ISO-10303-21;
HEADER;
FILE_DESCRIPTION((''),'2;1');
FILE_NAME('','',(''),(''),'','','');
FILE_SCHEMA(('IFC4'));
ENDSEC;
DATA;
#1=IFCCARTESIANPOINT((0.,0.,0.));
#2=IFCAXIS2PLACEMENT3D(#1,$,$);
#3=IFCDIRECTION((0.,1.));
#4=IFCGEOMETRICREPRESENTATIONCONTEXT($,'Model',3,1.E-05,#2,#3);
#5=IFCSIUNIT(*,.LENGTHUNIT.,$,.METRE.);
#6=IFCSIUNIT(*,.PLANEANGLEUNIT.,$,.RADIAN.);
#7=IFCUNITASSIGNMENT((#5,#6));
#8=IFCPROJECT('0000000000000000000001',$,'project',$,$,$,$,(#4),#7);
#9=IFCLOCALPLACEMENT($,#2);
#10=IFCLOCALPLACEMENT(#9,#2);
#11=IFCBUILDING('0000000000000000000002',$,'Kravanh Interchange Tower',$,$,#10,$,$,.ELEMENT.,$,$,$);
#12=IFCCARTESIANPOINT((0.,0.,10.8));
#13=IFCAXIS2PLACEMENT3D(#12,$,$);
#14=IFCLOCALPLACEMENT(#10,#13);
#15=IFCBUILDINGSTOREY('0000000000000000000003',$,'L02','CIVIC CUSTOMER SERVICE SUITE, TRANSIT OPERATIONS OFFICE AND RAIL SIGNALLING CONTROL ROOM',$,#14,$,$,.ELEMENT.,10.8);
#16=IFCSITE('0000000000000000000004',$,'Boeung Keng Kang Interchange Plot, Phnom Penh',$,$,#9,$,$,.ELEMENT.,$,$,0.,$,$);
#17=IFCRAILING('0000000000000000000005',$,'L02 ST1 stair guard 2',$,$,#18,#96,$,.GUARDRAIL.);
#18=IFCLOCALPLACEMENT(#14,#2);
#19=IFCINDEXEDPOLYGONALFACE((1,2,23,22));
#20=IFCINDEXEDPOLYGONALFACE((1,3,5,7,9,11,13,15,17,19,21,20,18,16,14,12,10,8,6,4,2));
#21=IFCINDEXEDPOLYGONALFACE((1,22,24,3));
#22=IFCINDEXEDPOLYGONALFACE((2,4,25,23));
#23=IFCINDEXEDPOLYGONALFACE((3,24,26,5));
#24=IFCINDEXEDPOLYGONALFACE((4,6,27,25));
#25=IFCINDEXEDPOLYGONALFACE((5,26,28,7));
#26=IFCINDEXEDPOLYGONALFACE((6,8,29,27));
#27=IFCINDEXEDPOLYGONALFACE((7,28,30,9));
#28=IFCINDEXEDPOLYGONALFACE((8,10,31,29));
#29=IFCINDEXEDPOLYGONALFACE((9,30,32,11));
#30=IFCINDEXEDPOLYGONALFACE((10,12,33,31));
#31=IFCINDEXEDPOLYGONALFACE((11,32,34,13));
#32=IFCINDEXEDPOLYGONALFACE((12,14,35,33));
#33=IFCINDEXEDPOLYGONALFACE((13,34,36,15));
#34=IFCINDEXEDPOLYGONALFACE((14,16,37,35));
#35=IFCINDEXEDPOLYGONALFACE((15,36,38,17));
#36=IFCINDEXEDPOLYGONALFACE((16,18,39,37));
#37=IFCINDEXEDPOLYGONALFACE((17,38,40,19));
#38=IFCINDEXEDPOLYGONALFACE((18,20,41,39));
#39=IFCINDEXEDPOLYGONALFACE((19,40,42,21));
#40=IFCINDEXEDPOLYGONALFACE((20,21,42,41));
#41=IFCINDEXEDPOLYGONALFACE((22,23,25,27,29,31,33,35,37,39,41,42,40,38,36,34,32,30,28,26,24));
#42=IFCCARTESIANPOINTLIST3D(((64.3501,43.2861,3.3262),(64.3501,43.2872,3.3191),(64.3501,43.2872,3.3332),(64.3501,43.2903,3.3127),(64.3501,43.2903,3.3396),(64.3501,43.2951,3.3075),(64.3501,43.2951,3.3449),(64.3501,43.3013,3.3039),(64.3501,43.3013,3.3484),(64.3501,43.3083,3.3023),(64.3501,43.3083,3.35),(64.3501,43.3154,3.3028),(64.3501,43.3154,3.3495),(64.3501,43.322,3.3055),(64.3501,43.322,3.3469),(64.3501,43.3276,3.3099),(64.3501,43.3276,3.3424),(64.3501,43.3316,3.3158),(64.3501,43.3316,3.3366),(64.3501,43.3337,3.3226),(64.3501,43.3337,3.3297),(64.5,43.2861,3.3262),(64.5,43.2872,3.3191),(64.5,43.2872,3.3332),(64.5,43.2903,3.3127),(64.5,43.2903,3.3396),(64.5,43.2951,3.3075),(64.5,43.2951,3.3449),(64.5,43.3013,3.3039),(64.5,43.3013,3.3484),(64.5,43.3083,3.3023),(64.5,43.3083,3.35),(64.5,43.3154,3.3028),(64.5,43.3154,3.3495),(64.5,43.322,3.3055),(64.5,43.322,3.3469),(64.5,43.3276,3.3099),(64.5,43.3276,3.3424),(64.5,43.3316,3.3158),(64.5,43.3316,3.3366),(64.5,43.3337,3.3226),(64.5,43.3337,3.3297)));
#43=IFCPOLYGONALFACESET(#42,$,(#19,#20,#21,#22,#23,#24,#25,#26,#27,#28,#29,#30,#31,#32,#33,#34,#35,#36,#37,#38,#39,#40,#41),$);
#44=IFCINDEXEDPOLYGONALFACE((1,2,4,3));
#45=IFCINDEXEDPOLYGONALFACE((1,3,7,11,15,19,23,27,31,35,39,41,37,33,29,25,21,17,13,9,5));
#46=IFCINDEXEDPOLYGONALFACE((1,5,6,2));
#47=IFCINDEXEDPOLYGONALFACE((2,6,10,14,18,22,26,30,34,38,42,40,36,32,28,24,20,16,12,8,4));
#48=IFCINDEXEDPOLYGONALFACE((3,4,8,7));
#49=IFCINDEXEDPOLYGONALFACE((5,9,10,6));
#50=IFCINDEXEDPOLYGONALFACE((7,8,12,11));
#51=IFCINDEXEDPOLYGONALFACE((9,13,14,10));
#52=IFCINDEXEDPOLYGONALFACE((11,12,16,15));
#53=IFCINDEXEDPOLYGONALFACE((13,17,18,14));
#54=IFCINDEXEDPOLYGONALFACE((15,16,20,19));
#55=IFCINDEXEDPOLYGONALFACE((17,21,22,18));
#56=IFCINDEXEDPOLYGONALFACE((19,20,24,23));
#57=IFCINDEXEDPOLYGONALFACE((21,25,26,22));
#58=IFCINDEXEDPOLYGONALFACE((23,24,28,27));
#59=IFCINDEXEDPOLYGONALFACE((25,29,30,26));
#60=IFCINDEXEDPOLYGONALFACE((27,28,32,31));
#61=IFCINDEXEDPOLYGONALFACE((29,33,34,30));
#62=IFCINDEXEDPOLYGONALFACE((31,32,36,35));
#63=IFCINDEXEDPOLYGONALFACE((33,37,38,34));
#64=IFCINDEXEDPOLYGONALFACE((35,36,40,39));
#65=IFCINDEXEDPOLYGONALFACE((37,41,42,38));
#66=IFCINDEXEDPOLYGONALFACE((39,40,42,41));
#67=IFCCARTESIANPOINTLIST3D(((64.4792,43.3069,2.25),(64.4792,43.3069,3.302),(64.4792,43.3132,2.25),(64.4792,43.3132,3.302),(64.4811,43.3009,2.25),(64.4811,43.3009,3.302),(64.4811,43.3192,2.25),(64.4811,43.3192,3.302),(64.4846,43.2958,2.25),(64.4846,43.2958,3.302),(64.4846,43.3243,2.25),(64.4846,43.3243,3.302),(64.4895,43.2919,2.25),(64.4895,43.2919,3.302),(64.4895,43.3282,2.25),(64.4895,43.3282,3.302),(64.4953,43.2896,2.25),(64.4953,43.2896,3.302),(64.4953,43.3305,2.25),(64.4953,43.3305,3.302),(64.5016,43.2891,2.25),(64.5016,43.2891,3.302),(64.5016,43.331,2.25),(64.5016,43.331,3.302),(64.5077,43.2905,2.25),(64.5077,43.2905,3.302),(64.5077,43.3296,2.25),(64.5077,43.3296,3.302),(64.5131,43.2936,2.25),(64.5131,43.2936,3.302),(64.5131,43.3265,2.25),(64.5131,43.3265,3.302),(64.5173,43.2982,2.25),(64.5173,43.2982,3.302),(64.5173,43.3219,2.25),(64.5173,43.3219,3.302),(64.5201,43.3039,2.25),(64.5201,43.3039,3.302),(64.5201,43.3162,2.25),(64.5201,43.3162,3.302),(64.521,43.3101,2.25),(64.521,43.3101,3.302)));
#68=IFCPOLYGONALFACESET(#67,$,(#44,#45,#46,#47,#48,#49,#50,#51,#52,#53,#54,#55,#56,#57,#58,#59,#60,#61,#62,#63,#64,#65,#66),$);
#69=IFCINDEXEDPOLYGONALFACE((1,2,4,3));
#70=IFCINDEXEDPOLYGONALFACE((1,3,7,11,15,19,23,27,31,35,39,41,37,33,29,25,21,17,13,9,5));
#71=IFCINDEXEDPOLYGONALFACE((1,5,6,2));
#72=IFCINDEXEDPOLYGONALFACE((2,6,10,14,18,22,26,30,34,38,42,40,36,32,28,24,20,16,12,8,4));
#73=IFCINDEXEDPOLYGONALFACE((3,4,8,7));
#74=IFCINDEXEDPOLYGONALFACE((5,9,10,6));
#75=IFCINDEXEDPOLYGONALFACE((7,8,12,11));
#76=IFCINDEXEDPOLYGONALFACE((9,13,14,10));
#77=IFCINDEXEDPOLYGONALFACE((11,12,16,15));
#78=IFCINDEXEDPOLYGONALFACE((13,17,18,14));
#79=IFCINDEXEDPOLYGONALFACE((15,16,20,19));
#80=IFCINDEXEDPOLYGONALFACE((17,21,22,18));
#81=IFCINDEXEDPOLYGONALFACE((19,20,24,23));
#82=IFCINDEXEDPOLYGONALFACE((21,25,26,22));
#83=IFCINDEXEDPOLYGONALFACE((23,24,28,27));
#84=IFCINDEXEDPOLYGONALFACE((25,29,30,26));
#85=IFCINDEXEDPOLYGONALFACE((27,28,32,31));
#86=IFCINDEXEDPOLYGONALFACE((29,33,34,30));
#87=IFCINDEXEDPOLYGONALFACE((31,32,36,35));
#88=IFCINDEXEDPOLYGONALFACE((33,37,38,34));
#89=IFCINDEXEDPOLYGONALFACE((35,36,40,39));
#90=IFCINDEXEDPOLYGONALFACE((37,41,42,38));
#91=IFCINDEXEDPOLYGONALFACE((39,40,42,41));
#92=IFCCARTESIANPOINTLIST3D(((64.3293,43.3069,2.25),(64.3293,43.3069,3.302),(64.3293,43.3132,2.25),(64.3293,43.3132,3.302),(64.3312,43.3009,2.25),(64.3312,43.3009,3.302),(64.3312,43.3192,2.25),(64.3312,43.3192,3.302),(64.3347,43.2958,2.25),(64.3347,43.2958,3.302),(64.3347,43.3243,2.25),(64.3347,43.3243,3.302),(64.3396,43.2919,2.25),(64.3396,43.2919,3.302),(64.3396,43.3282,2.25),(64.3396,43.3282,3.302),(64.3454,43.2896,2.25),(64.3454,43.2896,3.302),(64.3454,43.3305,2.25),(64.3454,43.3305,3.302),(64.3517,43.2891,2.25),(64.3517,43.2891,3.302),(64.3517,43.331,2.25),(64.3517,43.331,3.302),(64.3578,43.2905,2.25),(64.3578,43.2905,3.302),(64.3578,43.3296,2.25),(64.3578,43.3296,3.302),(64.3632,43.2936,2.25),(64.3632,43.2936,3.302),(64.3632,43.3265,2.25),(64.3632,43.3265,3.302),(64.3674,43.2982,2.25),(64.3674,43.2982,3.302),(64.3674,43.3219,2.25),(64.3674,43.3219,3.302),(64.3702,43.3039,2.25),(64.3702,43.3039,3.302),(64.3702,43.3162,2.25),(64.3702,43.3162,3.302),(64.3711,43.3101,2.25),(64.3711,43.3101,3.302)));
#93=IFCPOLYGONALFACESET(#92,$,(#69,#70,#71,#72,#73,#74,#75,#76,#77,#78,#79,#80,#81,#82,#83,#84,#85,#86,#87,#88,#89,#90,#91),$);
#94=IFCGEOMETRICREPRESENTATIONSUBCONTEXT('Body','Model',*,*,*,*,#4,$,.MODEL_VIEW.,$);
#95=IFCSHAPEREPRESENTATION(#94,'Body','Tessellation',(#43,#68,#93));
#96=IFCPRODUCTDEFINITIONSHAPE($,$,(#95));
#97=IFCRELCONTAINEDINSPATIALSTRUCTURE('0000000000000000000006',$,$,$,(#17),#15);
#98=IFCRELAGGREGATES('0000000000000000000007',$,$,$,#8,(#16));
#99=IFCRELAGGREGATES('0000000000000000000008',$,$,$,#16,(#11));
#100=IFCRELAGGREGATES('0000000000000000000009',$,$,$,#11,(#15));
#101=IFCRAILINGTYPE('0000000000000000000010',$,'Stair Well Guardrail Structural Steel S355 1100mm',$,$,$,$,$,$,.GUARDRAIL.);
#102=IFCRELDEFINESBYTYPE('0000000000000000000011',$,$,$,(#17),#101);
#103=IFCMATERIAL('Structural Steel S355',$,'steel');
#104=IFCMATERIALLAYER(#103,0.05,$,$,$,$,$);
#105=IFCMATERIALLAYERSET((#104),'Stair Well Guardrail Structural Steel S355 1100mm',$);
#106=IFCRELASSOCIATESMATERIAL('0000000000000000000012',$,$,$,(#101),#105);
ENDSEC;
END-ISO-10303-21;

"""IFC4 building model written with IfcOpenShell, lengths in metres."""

from ifc_helpers import new_model, si_unit, direction, frame, origin, origin_2d, place, context, subcontext, project, spatial, circle, extrude, material, layer, layer_set, type_object, element, save


model = new_model("IFC4")

# Units and contexts
model_context = context("Model", 3, precision=1e-05, world=origin(), true_north=direction((0.0, 1.0)))
body_context = subcontext(model_context, "Body", "Model", "MODEL_VIEW")
ifc_project = project(units=[si_unit("LENGTHUNIT", "METRE"), si_unit("PLANEANGLEUNIT", "RADIAN")], contexts=[model_context])

# Site, building, storey
site_placement = place(None, origin())
site = spatial("IfcSite", under=ifc_project, at=site_placement, Name="Boeung Keng Kang Interchange Plot, Phnom Penh", CompositionType="ELEMENT", RefElevation=0.0)
building_placement = place(site_placement, origin())
building = spatial("IfcBuilding", under=site, at=building_placement, Name="Kravanh Interchange Tower", CompositionType="ELEMENT")
storey_placement = place(building_placement, frame((0.0, 0.0, 10.8)))
storey = spatial("IfcBuildingStorey", under=building, at=storey_placement, Name="L02", Description="CIVIC CUSTOMER SERVICE SUITE, TRANSIT OPERATIONS OFFICE AND RAIL SIGNALLING CONTROL ROOM", CompositionType="ELEMENT", Elevation=10.8)

# Railing
ifc_material_1 = material(Name="Structural Steel S355", Category="steel")
ifc_layer_1 = layer(ifc_material_1, 0.05)
ifc_layer_set_1 = layer_set([ifc_layer_1], Name="Stair Well Guardrail Structural Steel S355 1100mm")
railing_type_1 = type_object("IfcRailingType", Name="Stair Well Guardrail Structural Steel S355 1100mm", PredefinedType="GUARDRAIL", material=ifc_layer_set_1)
railing_1_placement = place(storey_placement, frame((64.5, 43.3101, 2.25)))
element("IfcRailing", 1, at=railing_1_placement, inside=storey, type_object=railing_type_1, Name="L02 ST1 stair guard 2", PredefinedType="GUARDRAIL", context=body_context, shape_type="SweptSolid", body=[
    extrude(circle(Radius=0.0239, at=origin_2d()), frame((0.0, 0.0, 1.0762), z_axis=(-1.0, 0.0, 0.0), x_axis=(0.0, -1.0, 0.0)), (0.0, 0.0, 1.0), 0.1499),
    extrude(circle(Radius=0.021, at=origin_2d()), origin(), (0.0, 0.0, 1.0), 1.052),
    extrude(circle(Radius=0.021, at=origin_2d()), frame((-0.1499, 0.0, 0.0)), (0.0, 0.0, 1.0), 1.052),
])

save(model, "model.ifc")
